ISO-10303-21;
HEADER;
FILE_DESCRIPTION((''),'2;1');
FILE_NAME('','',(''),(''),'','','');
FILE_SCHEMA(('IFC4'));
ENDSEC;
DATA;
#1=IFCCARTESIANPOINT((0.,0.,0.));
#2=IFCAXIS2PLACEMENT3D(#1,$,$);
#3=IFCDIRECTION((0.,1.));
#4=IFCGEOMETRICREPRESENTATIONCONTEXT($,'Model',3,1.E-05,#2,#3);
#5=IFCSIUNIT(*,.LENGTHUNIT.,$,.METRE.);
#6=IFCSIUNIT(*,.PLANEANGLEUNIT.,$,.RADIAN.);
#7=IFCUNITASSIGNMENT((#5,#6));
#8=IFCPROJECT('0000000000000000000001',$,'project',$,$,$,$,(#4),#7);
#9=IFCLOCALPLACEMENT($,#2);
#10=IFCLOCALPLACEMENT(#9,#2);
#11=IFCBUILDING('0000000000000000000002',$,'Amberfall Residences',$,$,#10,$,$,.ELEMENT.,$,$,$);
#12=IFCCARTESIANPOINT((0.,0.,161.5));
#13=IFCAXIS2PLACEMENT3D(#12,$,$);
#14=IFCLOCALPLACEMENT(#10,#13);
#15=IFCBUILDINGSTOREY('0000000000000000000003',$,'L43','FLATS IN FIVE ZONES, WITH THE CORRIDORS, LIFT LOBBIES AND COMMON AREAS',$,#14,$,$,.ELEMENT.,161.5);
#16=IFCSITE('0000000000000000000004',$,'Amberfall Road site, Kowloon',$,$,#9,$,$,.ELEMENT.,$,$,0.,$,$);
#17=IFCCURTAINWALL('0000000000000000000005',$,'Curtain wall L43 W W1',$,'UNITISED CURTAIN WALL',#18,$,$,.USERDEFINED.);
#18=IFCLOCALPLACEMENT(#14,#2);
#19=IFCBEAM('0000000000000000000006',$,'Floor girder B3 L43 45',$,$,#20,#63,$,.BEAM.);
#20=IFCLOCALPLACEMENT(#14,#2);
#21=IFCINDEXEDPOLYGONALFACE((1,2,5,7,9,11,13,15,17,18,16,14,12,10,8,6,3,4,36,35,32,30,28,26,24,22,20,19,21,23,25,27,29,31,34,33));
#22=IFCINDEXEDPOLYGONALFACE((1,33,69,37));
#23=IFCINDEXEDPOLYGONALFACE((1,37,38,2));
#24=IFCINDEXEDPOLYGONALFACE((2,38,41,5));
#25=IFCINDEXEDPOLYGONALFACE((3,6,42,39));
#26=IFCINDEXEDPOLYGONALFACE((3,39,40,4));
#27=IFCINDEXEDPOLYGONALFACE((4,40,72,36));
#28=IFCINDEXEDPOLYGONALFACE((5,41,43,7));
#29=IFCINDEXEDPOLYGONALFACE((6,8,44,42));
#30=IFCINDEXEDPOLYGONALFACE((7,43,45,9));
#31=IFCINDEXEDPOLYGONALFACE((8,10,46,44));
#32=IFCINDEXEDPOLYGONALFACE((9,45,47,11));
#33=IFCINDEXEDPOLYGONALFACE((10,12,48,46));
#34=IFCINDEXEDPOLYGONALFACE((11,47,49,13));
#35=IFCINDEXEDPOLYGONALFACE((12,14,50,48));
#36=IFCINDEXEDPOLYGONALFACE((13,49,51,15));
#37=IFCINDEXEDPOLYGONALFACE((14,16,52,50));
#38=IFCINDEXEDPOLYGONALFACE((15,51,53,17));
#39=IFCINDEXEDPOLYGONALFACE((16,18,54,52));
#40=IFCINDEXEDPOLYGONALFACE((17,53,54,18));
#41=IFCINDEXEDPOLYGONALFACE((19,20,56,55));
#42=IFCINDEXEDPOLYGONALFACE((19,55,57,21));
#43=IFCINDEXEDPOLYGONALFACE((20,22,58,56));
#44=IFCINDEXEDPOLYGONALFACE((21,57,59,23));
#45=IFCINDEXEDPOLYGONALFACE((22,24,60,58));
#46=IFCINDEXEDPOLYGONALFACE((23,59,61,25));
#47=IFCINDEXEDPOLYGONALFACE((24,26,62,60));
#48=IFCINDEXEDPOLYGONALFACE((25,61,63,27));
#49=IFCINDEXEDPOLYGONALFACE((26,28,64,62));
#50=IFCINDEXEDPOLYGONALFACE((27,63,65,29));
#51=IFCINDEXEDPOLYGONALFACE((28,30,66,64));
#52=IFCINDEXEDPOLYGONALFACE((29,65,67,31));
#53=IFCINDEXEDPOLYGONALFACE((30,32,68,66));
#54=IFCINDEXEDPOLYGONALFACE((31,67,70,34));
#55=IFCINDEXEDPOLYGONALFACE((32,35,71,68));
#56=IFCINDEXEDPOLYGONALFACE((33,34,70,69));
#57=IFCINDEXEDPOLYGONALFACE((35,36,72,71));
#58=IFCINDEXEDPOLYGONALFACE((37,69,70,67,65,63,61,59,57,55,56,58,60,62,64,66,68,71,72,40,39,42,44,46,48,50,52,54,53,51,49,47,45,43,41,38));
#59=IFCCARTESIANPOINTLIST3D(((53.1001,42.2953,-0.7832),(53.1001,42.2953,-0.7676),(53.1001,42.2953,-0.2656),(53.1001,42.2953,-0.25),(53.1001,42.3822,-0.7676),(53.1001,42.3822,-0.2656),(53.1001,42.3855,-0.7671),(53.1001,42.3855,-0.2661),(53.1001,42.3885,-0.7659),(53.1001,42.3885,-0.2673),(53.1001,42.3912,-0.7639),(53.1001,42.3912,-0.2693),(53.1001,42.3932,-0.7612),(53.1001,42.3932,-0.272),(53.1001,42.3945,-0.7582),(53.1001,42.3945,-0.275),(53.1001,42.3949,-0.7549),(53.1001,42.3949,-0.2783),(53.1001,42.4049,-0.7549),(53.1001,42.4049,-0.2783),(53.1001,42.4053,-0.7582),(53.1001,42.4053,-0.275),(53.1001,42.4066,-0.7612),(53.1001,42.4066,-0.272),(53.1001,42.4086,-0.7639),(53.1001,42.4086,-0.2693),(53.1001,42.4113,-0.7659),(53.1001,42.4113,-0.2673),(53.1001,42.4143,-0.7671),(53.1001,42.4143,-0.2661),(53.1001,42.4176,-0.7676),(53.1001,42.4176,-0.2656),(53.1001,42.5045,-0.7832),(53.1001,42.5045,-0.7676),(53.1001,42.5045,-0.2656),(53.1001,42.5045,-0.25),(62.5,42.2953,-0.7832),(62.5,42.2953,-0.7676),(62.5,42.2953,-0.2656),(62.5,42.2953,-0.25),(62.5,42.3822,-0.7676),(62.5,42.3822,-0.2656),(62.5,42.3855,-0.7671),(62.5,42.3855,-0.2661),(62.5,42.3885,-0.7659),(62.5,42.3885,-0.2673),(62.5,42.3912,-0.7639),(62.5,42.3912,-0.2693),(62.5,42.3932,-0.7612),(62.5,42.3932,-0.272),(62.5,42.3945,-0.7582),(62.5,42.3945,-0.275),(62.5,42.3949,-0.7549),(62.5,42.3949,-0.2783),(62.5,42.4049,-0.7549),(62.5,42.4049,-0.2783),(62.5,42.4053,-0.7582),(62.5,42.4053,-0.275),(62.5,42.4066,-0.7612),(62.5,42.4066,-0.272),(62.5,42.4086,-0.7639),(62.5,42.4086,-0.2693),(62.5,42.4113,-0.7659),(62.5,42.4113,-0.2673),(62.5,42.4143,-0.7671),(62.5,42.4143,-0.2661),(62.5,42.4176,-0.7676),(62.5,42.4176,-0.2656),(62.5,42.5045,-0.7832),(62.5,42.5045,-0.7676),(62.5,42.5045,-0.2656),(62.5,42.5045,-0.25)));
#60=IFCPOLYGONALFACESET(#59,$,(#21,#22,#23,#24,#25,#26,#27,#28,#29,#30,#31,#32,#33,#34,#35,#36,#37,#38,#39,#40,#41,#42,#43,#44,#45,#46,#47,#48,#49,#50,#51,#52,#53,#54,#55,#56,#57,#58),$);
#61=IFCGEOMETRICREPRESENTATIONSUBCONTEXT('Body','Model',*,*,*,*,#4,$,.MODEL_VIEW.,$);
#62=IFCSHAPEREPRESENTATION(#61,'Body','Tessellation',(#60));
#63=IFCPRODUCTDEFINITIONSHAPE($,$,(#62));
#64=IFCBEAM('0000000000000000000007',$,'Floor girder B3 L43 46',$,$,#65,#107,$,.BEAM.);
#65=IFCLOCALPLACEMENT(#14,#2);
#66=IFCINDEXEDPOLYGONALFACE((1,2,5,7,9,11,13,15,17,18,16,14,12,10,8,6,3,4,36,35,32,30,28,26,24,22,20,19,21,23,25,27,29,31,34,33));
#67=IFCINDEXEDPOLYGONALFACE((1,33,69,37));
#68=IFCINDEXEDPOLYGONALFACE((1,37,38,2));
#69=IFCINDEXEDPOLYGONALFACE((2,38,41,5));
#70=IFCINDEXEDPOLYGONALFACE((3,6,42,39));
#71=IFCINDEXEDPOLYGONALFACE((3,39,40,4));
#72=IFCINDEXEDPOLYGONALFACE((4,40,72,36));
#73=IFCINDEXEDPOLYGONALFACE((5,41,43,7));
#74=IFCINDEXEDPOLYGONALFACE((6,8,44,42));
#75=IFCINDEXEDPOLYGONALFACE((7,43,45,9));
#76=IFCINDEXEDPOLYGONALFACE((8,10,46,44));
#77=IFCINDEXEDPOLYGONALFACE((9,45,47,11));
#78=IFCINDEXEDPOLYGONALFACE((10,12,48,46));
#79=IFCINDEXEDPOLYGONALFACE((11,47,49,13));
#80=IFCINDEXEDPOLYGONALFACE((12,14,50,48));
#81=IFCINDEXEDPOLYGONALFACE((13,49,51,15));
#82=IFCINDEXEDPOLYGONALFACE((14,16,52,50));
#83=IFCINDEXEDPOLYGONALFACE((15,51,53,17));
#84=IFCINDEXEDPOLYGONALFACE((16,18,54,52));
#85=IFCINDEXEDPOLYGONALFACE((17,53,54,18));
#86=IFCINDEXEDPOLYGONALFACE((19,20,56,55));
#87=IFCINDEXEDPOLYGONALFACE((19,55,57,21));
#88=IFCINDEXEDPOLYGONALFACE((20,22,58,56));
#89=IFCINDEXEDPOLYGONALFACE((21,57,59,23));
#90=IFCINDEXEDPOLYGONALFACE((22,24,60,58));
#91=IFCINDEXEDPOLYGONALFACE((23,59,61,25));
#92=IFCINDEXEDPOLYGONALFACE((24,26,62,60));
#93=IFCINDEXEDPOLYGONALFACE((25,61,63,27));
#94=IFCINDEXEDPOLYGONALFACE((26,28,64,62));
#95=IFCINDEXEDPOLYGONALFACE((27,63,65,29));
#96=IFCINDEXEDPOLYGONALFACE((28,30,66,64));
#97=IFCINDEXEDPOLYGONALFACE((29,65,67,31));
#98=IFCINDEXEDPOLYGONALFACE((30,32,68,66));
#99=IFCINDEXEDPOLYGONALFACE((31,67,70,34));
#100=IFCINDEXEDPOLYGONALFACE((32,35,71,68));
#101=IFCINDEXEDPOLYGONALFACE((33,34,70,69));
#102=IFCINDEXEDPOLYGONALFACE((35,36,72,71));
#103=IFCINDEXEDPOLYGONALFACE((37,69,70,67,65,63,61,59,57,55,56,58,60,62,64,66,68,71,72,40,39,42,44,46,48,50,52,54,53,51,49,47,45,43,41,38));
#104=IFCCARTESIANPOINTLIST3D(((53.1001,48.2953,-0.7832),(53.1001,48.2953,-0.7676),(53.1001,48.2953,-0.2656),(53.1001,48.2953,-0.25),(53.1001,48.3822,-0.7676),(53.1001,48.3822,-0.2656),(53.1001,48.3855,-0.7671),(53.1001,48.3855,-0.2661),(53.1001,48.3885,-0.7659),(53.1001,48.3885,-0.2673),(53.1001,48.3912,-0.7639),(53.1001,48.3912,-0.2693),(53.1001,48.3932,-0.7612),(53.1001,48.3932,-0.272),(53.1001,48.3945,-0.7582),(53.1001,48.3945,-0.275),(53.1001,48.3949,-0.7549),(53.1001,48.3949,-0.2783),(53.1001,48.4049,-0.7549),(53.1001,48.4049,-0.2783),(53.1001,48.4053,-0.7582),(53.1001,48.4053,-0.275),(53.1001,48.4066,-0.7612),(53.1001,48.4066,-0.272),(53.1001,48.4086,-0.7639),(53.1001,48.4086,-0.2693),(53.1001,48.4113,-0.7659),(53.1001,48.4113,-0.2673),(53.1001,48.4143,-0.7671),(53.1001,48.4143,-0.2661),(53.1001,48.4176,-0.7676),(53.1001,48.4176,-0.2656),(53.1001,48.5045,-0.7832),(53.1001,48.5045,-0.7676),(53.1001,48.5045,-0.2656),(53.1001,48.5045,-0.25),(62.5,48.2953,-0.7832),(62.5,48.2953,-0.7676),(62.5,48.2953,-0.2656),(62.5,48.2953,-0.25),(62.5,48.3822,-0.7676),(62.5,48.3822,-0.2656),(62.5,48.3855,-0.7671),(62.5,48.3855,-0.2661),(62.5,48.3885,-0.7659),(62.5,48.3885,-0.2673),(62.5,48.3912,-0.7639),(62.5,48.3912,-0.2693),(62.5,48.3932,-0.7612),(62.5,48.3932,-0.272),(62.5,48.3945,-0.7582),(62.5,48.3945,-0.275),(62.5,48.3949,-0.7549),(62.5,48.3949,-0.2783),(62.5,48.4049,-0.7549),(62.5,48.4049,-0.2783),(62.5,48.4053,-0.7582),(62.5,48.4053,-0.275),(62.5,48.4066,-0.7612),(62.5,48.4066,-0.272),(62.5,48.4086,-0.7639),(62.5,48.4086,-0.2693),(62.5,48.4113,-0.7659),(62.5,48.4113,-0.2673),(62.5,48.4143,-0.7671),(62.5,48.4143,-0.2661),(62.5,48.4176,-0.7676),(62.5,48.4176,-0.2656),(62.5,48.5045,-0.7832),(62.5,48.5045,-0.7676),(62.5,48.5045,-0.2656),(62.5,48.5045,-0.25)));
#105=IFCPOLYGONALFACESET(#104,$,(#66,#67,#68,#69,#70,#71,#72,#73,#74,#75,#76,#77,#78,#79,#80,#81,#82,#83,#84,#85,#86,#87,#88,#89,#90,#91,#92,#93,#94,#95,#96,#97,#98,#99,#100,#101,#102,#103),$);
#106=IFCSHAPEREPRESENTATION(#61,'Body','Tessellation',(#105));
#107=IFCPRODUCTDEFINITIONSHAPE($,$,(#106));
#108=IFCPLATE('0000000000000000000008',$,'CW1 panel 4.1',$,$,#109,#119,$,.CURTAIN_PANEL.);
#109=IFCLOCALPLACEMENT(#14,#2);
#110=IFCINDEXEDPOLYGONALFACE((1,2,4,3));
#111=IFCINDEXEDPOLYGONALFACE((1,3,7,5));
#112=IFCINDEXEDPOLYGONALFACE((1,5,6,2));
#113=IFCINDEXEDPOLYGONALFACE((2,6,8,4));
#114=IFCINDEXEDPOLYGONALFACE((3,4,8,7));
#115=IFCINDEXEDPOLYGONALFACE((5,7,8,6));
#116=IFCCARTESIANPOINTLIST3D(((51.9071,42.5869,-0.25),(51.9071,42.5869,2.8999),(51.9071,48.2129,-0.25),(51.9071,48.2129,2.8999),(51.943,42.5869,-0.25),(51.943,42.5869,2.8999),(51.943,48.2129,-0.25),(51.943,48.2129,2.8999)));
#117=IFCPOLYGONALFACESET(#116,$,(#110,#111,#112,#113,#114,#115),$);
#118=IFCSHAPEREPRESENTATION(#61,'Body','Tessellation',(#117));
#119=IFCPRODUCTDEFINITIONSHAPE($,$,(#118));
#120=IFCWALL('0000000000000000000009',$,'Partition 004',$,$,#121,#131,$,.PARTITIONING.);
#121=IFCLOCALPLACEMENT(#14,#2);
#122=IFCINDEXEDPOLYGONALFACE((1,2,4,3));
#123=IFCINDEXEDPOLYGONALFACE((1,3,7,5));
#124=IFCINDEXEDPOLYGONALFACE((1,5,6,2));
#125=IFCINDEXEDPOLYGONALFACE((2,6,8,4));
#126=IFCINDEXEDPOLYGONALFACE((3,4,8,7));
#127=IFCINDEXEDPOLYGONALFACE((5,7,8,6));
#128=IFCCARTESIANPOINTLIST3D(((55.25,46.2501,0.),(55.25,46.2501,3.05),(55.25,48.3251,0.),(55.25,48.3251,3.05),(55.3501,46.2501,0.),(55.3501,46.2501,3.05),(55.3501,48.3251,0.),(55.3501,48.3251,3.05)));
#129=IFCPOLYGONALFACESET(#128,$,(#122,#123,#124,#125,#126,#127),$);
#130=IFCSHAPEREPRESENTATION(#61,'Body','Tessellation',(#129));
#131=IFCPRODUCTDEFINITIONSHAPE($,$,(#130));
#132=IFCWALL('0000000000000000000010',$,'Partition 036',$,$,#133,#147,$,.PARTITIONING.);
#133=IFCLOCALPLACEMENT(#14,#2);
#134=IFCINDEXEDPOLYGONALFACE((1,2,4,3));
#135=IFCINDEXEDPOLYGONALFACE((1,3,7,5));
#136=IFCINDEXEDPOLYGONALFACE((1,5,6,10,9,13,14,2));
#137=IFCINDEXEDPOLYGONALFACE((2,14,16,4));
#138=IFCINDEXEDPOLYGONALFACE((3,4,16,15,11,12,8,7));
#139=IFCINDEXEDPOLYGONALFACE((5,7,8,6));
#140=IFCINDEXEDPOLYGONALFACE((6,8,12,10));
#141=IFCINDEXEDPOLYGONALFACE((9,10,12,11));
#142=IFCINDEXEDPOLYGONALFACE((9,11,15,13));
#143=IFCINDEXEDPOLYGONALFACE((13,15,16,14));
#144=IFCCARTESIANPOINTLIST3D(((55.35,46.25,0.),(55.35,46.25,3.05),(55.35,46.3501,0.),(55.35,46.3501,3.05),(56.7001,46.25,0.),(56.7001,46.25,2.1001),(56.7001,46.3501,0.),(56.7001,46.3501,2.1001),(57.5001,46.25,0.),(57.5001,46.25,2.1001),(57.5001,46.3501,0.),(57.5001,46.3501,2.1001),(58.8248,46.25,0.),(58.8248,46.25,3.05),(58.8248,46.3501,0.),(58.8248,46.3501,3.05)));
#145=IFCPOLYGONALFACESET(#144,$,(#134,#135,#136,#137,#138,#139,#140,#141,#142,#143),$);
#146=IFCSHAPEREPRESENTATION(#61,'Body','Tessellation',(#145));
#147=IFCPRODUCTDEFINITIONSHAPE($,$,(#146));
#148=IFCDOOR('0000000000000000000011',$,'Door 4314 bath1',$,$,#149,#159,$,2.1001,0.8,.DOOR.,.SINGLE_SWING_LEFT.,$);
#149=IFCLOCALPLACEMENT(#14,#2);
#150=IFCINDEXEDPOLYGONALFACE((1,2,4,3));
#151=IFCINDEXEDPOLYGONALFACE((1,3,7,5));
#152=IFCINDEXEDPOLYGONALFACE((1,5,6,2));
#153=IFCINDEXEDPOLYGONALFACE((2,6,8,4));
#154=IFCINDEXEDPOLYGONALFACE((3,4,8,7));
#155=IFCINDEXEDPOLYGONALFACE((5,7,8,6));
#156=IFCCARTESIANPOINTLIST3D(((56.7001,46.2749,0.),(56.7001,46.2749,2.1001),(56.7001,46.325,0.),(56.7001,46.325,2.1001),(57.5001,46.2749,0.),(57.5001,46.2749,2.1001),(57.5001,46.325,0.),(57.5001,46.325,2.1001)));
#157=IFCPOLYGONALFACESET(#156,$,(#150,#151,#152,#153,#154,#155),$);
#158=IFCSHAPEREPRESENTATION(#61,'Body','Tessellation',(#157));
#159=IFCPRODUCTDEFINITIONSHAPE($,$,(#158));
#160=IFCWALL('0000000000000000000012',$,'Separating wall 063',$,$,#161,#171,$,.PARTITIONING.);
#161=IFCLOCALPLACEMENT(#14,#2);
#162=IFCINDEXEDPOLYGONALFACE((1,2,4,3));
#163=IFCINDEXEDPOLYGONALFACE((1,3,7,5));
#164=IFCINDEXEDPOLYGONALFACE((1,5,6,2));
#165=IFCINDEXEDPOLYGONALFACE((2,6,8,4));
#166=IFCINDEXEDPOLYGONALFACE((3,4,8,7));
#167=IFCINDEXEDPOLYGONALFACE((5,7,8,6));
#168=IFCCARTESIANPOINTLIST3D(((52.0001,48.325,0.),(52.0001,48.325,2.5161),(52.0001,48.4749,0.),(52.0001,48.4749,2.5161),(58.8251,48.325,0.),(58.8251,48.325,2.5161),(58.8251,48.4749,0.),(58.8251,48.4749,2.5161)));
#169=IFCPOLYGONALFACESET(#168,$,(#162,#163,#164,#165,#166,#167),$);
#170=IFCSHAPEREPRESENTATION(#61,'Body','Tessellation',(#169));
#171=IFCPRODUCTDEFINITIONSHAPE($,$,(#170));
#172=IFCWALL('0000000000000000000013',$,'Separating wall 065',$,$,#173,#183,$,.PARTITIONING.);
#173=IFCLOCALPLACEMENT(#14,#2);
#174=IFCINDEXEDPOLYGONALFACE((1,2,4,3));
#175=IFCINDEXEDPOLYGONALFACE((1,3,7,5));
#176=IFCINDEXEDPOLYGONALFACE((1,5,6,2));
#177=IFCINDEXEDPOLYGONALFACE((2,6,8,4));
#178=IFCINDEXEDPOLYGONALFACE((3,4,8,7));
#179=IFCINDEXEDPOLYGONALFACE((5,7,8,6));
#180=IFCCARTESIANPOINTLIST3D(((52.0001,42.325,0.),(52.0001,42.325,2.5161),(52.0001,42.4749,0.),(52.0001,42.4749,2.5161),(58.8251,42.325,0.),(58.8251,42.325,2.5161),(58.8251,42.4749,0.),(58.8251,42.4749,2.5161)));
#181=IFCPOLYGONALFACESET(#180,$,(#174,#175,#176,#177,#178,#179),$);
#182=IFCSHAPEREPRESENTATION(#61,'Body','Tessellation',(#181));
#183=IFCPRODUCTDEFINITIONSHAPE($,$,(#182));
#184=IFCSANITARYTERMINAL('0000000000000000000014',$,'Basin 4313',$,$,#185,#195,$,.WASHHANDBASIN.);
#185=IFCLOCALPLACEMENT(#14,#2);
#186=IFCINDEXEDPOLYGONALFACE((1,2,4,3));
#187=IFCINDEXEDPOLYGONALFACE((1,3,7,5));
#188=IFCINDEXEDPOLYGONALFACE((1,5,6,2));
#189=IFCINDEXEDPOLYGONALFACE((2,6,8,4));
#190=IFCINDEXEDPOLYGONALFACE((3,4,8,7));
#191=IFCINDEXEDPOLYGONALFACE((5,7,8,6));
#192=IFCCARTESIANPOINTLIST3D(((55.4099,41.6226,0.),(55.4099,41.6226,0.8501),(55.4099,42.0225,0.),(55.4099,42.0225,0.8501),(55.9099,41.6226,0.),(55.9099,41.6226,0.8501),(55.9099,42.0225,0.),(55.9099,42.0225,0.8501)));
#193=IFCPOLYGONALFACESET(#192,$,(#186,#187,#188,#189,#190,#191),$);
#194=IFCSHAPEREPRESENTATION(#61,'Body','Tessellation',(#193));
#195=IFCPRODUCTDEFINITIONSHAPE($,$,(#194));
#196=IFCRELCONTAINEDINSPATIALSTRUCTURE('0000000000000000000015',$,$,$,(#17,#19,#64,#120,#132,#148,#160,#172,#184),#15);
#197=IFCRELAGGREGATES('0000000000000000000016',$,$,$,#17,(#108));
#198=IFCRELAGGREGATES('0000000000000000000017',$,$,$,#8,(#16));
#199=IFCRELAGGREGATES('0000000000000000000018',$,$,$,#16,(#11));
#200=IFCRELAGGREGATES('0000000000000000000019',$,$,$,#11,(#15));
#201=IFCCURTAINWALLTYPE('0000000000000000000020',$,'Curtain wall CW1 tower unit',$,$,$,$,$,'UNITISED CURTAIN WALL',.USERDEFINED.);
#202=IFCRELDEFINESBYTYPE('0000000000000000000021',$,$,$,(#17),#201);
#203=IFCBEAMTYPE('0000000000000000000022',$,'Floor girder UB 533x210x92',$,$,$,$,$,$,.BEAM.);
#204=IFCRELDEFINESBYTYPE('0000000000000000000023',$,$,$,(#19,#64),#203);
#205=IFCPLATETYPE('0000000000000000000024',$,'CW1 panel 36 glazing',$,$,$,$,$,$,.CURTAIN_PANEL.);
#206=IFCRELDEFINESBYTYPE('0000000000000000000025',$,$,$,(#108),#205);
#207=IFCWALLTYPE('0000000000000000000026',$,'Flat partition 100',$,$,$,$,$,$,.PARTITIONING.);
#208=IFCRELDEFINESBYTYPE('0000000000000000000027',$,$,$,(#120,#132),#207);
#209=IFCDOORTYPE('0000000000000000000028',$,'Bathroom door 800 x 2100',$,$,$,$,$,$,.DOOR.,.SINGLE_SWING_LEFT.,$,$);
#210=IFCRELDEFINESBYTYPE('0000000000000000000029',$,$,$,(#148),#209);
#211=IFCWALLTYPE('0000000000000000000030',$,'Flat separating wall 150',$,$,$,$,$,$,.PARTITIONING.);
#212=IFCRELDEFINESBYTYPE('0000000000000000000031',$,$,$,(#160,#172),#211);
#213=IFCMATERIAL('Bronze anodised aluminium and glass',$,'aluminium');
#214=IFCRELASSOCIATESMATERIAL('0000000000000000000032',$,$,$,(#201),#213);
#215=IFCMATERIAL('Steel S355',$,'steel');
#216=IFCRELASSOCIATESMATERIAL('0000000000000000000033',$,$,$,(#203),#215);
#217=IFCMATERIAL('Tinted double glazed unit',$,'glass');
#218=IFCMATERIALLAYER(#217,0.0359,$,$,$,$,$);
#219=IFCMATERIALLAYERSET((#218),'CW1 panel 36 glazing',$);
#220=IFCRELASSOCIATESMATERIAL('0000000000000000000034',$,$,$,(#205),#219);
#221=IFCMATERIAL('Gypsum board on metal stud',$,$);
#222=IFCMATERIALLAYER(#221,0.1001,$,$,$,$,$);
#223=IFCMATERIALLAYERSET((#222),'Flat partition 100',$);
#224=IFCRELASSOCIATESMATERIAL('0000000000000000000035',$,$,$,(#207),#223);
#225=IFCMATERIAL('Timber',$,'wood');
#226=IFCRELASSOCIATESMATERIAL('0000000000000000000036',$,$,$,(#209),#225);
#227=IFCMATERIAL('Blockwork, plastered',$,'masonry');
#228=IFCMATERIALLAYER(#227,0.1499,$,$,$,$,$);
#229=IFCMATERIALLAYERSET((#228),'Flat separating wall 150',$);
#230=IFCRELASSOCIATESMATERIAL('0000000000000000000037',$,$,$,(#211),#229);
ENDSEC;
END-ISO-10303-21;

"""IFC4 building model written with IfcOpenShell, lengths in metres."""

from ifc_helpers import new_model, si_unit, direction, frame, frame_2d, origin, origin_2d, place, context, subcontext, project, spatial, rectangle, i_section, extrude, material, layer, layer_set, material_profile, profile_set, type_object, element, fill, aggregate, save


model = new_model("IFC4")

# Units and contexts
model_context = context("Model", 3, precision=1e-05, world=origin(), true_north=direction((0.0, 1.0)))
body_context = subcontext(model_context, "Body", "Model", "MODEL_VIEW")
ifc_project = project(units=[si_unit("LENGTHUNIT", "METRE"), si_unit("PLANEANGLEUNIT", "RADIAN")], contexts=[model_context])

# Site, building, storey
site_placement = place(None, origin())
site = spatial("IfcSite", under=ifc_project, at=site_placement, Name="Amberfall Road site, Kowloon", CompositionType="ELEMENT", RefElevation=0.0)
building_placement = place(site_placement, origin())
building = spatial("IfcBuilding", under=site, at=building_placement, Name="Amberfall Residences", CompositionType="ELEMENT")
storey_placement = place(building_placement, frame((0.0, 0.0, 161.5)))
storey = spatial("IfcBuildingStorey", under=building, at=storey_placement, Name="L43", Description="FLATS IN FIVE ZONES, WITH THE CORRIDORS, LIFT LOBBIES AND COMMON AREAS", CompositionType="ELEMENT", Elevation=161.5)

# Curtain wall
ifc_material_1 = material(Name="Bronze anodised aluminium and glass", Category="aluminium")
curtain_wall_type = type_object("IfcCurtainWallType", Name="Curtain wall CW1 tower unit", ElementType="UNITISED CURTAIN WALL", PredefinedType="USERDEFINED", material=ifc_material_1)
curtain_wall_placement = place(storey_placement, origin())
curtain_wall = element("IfcCurtainWall", 1, at=curtain_wall_placement, inside=storey, type_object=curtain_wall_type, Name="Curtain wall L43 W W1", ObjectType="UNITISED CURTAIN WALL", PredefinedType="USERDEFINED")

# Shared definitions
ifc_material_2 = material(Name="Steel S355", Category="steel")

# Beams
ifc_material_profile_1 = material_profile(ifc_material_2, i_section(OverallWidth=0.2092, OverallDepth=0.5332, WebThickness=0.01, FlangeThickness=0.0156, FilletRadius=0.0127, at=origin_2d()), Name="UB 533x210x92")
ifc_profile_set_1 = profile_set([ifc_material_profile_1], Name="Steel S355")
beam_type_1 = type_object("IfcBeamType", Name="Floor girder UB 533x210x92", PredefinedType="BEAM", material=ifc_profile_set_1)
for number, where, z_axis, x_axis, name in (
    (2, (53.1001, 42.3999, -0.5166), (1.0, 0.0, 0.0), (0.0, 1.0, 0.0), "Floor girder B3 L43 45"),
    (3, (53.1001, 48.3999, -0.5166), (1.0, 0.0, 0.0), (0.0, 1.0, 0.0), "Floor girder B3 L43 46"),
):
    element("IfcBeam", number, at=place(storey_placement, frame(where, z_axis=z_axis, x_axis=x_axis)), inside=storey, type_object=beam_type_1, Name=name, PredefinedType="BEAM", context=body_context, shape_type="SweptSolid", body=[
        extrude(i_section(OverallWidth=0.2092, OverallDepth=0.5332, WebThickness=0.01, FlangeThickness=0.0156, FilletRadius=0.0127, at=origin_2d()), origin(), (0.0, 0.0, 1.0), 9.3999),
    ])

# Plate
ifc_material_3 = material(Name="Tinted double glazed unit", Category="glass")
ifc_layer_1 = layer(ifc_material_3, 0.0359)
ifc_layer_set_1 = layer_set([ifc_layer_1], Name="CW1 panel 36 glazing")
plate_type = type_object("IfcPlateType", Name="CW1 panel 36 glazing", PredefinedType="CURTAIN_PANEL", material=ifc_layer_set_1)
plate_placement = place(storey_placement, frame((51.925, 45.3999, -0.25), z_axis=(0.0, 0.0, 1.0), x_axis=(0.0, -1.0, 0.0)))
plate = element("IfcPlate", 4, at=plate_placement, type_object=plate_type, Name="CW1 panel 4.1", PredefinedType="CURTAIN_PANEL", context=body_context, shape_type="SweptSolid", body=[
    extrude(rectangle(XDim=5.626, YDim=0.0359, at=origin_2d()), origin(), (0.0, 0.0, 1.0), 3.1499),
])
aggregate(curtain_wall, [plate])

# Wall
ifc_material_4 = material(Name="Gypsum board on metal stud")
ifc_layer_2 = layer(ifc_material_4, 0.1001)
ifc_layer_set_2 = layer_set([ifc_layer_2], Name="Flat partition 100")
wall_type_1 = type_object("IfcWallType", Name="Flat partition 100", PredefinedType="PARTITIONING", material=ifc_layer_set_2)
wall_1_placement = place(storey_placement, frame((55.3, 46.25, 0.0), z_axis=(0.0, 0.0, 1.0), x_axis=(0.0, 1.0, 0.0)))
element("IfcWall", 5, at=wall_1_placement, inside=storey, type_object=wall_type_1, Name="Partition 004", PredefinedType="PARTITIONING", context=body_context, shape_type="SweptSolid", body=[
    extrude(rectangle(XDim=2.075, YDim=0.1001, at=frame_2d((1.0376, 0.0))), origin(), (0.0, 0.0, 1.0), 3.05),
])

# Wall, opening, door
wall_2_placement = place(storey_placement, frame((55.3501, 46.3, 0.0), z_axis=(0.0, 0.0, 1.0), x_axis=(1.0, 0.0, 0.0)))
wall_2 = element("IfcWall", 6, at=wall_2_placement, inside=storey, type_object=wall_type_1, Name="Partition 036", PredefinedType="PARTITIONING", context=body_context, shape_type="SweptSolid", body=[
    extrude(rectangle(XDim=3.4749, YDim=0.1001, at=frame_2d((1.7373, 0.0))), origin(), (0.0, 0.0, 1.0), 3.05),
])
opening_placement = place(wall_2_placement, frame((1.3501, 0.0, 0.0)))
opening = element("IfcOpeningElement", 7, at=opening_placement, cuts=wall_2, PredefinedType="OPENING", context=body_context, shape_type="SweptSolid", body=[
    extrude(rectangle(XDim=0.8, YDim=2.1001, at=frame_2d((0.3999, 1.05))), frame((0.0, 0.0601, 0.0), z_axis=(0.0, -1.0, 0.0), x_axis=(1.0, 0.0, 0.0)), (0.0, 0.0, 1.0), 0.1201),
])
ifc_material_5 = material(Name="Timber", Category="wood")
door_type = type_object("IfcDoorType", Name="Bathroom door 800 x 2100", OperationType="SINGLE_SWING_LEFT", PredefinedType="DOOR", material=ifc_material_5)
door_placement = place(opening_placement, origin())
door = element("IfcDoor", 8, at=door_placement, inside=storey, type_object=door_type, Name="Door 4314 bath1", OperationType="SINGLE_SWING_LEFT", OverallHeight=2.1001, OverallWidth=0.8, PredefinedType="DOOR", context=body_context, shape_type="SweptSolid", body=[
    extrude(rectangle(XDim=0.8, YDim=2.1001, at=frame_2d((0.3999, 1.05))), frame((0.0, 0.0249, 0.0), z_axis=(0.0, -1.0, 0.0), x_axis=(1.0, 0.0, 0.0)), (0.0, 0.0, 1.0), 0.05),
])
fill(opening, door)

# Walls
ifc_material_6 = material(Name="Blockwork, plastered", Category="masonry")
ifc_layer_3 = layer(ifc_material_6, 0.1499)
ifc_layer_set_3 = layer_set([ifc_layer_3], Name="Flat separating wall 150")
wall_type_2 = type_object("IfcWallType", Name="Flat separating wall 150", PredefinedType="PARTITIONING", material=ifc_layer_set_3)
for number, where, z_axis, x_axis, name in (
    (9, (52.0, 48.3999, 0.0), (0.0, 0.0, 1.0), (1.0, 0.0, 0.0), "Separating wall 063"),
    (10, (52.0, 42.3999, 0.0), (0.0, 0.0, 1.0), (1.0, 0.0, 0.0), "Separating wall 065"),
):
    element("IfcWall", number, at=place(storey_placement, frame(where, z_axis=z_axis, x_axis=x_axis)), inside=storey, type_object=wall_type_2, Name=name, PredefinedType="PARTITIONING", context=body_context, shape_type="SweptSolid", body=[
        extrude(rectangle(XDim=6.825, YDim=0.1499, at=frame_2d((3.4126, 0.0))), origin(), (0.0, 0.0, 1.0), 2.5161),
    ])

# Sanitary terminal
sanitary_terminal_1_placement = place(storey_placement, frame((55.6599, 41.8225, 0.0), z_axis=(0.0, 0.0, 1.0), x_axis=(1.0, 0.0, 0.0)))
element("IfcSanitaryTerminal", 11, at=sanitary_terminal_1_placement, inside=storey, Name="Basin 4313", PredefinedType="WASHHANDBASIN", context=body_context, shape_type="SweptSolid", body=[
    extrude(rectangle(XDim=0.5, YDim=0.3999, at=origin_2d()), origin(), (0.0, 0.0, 1.0), 0.8501),
])

save(model, "model.ifc")
